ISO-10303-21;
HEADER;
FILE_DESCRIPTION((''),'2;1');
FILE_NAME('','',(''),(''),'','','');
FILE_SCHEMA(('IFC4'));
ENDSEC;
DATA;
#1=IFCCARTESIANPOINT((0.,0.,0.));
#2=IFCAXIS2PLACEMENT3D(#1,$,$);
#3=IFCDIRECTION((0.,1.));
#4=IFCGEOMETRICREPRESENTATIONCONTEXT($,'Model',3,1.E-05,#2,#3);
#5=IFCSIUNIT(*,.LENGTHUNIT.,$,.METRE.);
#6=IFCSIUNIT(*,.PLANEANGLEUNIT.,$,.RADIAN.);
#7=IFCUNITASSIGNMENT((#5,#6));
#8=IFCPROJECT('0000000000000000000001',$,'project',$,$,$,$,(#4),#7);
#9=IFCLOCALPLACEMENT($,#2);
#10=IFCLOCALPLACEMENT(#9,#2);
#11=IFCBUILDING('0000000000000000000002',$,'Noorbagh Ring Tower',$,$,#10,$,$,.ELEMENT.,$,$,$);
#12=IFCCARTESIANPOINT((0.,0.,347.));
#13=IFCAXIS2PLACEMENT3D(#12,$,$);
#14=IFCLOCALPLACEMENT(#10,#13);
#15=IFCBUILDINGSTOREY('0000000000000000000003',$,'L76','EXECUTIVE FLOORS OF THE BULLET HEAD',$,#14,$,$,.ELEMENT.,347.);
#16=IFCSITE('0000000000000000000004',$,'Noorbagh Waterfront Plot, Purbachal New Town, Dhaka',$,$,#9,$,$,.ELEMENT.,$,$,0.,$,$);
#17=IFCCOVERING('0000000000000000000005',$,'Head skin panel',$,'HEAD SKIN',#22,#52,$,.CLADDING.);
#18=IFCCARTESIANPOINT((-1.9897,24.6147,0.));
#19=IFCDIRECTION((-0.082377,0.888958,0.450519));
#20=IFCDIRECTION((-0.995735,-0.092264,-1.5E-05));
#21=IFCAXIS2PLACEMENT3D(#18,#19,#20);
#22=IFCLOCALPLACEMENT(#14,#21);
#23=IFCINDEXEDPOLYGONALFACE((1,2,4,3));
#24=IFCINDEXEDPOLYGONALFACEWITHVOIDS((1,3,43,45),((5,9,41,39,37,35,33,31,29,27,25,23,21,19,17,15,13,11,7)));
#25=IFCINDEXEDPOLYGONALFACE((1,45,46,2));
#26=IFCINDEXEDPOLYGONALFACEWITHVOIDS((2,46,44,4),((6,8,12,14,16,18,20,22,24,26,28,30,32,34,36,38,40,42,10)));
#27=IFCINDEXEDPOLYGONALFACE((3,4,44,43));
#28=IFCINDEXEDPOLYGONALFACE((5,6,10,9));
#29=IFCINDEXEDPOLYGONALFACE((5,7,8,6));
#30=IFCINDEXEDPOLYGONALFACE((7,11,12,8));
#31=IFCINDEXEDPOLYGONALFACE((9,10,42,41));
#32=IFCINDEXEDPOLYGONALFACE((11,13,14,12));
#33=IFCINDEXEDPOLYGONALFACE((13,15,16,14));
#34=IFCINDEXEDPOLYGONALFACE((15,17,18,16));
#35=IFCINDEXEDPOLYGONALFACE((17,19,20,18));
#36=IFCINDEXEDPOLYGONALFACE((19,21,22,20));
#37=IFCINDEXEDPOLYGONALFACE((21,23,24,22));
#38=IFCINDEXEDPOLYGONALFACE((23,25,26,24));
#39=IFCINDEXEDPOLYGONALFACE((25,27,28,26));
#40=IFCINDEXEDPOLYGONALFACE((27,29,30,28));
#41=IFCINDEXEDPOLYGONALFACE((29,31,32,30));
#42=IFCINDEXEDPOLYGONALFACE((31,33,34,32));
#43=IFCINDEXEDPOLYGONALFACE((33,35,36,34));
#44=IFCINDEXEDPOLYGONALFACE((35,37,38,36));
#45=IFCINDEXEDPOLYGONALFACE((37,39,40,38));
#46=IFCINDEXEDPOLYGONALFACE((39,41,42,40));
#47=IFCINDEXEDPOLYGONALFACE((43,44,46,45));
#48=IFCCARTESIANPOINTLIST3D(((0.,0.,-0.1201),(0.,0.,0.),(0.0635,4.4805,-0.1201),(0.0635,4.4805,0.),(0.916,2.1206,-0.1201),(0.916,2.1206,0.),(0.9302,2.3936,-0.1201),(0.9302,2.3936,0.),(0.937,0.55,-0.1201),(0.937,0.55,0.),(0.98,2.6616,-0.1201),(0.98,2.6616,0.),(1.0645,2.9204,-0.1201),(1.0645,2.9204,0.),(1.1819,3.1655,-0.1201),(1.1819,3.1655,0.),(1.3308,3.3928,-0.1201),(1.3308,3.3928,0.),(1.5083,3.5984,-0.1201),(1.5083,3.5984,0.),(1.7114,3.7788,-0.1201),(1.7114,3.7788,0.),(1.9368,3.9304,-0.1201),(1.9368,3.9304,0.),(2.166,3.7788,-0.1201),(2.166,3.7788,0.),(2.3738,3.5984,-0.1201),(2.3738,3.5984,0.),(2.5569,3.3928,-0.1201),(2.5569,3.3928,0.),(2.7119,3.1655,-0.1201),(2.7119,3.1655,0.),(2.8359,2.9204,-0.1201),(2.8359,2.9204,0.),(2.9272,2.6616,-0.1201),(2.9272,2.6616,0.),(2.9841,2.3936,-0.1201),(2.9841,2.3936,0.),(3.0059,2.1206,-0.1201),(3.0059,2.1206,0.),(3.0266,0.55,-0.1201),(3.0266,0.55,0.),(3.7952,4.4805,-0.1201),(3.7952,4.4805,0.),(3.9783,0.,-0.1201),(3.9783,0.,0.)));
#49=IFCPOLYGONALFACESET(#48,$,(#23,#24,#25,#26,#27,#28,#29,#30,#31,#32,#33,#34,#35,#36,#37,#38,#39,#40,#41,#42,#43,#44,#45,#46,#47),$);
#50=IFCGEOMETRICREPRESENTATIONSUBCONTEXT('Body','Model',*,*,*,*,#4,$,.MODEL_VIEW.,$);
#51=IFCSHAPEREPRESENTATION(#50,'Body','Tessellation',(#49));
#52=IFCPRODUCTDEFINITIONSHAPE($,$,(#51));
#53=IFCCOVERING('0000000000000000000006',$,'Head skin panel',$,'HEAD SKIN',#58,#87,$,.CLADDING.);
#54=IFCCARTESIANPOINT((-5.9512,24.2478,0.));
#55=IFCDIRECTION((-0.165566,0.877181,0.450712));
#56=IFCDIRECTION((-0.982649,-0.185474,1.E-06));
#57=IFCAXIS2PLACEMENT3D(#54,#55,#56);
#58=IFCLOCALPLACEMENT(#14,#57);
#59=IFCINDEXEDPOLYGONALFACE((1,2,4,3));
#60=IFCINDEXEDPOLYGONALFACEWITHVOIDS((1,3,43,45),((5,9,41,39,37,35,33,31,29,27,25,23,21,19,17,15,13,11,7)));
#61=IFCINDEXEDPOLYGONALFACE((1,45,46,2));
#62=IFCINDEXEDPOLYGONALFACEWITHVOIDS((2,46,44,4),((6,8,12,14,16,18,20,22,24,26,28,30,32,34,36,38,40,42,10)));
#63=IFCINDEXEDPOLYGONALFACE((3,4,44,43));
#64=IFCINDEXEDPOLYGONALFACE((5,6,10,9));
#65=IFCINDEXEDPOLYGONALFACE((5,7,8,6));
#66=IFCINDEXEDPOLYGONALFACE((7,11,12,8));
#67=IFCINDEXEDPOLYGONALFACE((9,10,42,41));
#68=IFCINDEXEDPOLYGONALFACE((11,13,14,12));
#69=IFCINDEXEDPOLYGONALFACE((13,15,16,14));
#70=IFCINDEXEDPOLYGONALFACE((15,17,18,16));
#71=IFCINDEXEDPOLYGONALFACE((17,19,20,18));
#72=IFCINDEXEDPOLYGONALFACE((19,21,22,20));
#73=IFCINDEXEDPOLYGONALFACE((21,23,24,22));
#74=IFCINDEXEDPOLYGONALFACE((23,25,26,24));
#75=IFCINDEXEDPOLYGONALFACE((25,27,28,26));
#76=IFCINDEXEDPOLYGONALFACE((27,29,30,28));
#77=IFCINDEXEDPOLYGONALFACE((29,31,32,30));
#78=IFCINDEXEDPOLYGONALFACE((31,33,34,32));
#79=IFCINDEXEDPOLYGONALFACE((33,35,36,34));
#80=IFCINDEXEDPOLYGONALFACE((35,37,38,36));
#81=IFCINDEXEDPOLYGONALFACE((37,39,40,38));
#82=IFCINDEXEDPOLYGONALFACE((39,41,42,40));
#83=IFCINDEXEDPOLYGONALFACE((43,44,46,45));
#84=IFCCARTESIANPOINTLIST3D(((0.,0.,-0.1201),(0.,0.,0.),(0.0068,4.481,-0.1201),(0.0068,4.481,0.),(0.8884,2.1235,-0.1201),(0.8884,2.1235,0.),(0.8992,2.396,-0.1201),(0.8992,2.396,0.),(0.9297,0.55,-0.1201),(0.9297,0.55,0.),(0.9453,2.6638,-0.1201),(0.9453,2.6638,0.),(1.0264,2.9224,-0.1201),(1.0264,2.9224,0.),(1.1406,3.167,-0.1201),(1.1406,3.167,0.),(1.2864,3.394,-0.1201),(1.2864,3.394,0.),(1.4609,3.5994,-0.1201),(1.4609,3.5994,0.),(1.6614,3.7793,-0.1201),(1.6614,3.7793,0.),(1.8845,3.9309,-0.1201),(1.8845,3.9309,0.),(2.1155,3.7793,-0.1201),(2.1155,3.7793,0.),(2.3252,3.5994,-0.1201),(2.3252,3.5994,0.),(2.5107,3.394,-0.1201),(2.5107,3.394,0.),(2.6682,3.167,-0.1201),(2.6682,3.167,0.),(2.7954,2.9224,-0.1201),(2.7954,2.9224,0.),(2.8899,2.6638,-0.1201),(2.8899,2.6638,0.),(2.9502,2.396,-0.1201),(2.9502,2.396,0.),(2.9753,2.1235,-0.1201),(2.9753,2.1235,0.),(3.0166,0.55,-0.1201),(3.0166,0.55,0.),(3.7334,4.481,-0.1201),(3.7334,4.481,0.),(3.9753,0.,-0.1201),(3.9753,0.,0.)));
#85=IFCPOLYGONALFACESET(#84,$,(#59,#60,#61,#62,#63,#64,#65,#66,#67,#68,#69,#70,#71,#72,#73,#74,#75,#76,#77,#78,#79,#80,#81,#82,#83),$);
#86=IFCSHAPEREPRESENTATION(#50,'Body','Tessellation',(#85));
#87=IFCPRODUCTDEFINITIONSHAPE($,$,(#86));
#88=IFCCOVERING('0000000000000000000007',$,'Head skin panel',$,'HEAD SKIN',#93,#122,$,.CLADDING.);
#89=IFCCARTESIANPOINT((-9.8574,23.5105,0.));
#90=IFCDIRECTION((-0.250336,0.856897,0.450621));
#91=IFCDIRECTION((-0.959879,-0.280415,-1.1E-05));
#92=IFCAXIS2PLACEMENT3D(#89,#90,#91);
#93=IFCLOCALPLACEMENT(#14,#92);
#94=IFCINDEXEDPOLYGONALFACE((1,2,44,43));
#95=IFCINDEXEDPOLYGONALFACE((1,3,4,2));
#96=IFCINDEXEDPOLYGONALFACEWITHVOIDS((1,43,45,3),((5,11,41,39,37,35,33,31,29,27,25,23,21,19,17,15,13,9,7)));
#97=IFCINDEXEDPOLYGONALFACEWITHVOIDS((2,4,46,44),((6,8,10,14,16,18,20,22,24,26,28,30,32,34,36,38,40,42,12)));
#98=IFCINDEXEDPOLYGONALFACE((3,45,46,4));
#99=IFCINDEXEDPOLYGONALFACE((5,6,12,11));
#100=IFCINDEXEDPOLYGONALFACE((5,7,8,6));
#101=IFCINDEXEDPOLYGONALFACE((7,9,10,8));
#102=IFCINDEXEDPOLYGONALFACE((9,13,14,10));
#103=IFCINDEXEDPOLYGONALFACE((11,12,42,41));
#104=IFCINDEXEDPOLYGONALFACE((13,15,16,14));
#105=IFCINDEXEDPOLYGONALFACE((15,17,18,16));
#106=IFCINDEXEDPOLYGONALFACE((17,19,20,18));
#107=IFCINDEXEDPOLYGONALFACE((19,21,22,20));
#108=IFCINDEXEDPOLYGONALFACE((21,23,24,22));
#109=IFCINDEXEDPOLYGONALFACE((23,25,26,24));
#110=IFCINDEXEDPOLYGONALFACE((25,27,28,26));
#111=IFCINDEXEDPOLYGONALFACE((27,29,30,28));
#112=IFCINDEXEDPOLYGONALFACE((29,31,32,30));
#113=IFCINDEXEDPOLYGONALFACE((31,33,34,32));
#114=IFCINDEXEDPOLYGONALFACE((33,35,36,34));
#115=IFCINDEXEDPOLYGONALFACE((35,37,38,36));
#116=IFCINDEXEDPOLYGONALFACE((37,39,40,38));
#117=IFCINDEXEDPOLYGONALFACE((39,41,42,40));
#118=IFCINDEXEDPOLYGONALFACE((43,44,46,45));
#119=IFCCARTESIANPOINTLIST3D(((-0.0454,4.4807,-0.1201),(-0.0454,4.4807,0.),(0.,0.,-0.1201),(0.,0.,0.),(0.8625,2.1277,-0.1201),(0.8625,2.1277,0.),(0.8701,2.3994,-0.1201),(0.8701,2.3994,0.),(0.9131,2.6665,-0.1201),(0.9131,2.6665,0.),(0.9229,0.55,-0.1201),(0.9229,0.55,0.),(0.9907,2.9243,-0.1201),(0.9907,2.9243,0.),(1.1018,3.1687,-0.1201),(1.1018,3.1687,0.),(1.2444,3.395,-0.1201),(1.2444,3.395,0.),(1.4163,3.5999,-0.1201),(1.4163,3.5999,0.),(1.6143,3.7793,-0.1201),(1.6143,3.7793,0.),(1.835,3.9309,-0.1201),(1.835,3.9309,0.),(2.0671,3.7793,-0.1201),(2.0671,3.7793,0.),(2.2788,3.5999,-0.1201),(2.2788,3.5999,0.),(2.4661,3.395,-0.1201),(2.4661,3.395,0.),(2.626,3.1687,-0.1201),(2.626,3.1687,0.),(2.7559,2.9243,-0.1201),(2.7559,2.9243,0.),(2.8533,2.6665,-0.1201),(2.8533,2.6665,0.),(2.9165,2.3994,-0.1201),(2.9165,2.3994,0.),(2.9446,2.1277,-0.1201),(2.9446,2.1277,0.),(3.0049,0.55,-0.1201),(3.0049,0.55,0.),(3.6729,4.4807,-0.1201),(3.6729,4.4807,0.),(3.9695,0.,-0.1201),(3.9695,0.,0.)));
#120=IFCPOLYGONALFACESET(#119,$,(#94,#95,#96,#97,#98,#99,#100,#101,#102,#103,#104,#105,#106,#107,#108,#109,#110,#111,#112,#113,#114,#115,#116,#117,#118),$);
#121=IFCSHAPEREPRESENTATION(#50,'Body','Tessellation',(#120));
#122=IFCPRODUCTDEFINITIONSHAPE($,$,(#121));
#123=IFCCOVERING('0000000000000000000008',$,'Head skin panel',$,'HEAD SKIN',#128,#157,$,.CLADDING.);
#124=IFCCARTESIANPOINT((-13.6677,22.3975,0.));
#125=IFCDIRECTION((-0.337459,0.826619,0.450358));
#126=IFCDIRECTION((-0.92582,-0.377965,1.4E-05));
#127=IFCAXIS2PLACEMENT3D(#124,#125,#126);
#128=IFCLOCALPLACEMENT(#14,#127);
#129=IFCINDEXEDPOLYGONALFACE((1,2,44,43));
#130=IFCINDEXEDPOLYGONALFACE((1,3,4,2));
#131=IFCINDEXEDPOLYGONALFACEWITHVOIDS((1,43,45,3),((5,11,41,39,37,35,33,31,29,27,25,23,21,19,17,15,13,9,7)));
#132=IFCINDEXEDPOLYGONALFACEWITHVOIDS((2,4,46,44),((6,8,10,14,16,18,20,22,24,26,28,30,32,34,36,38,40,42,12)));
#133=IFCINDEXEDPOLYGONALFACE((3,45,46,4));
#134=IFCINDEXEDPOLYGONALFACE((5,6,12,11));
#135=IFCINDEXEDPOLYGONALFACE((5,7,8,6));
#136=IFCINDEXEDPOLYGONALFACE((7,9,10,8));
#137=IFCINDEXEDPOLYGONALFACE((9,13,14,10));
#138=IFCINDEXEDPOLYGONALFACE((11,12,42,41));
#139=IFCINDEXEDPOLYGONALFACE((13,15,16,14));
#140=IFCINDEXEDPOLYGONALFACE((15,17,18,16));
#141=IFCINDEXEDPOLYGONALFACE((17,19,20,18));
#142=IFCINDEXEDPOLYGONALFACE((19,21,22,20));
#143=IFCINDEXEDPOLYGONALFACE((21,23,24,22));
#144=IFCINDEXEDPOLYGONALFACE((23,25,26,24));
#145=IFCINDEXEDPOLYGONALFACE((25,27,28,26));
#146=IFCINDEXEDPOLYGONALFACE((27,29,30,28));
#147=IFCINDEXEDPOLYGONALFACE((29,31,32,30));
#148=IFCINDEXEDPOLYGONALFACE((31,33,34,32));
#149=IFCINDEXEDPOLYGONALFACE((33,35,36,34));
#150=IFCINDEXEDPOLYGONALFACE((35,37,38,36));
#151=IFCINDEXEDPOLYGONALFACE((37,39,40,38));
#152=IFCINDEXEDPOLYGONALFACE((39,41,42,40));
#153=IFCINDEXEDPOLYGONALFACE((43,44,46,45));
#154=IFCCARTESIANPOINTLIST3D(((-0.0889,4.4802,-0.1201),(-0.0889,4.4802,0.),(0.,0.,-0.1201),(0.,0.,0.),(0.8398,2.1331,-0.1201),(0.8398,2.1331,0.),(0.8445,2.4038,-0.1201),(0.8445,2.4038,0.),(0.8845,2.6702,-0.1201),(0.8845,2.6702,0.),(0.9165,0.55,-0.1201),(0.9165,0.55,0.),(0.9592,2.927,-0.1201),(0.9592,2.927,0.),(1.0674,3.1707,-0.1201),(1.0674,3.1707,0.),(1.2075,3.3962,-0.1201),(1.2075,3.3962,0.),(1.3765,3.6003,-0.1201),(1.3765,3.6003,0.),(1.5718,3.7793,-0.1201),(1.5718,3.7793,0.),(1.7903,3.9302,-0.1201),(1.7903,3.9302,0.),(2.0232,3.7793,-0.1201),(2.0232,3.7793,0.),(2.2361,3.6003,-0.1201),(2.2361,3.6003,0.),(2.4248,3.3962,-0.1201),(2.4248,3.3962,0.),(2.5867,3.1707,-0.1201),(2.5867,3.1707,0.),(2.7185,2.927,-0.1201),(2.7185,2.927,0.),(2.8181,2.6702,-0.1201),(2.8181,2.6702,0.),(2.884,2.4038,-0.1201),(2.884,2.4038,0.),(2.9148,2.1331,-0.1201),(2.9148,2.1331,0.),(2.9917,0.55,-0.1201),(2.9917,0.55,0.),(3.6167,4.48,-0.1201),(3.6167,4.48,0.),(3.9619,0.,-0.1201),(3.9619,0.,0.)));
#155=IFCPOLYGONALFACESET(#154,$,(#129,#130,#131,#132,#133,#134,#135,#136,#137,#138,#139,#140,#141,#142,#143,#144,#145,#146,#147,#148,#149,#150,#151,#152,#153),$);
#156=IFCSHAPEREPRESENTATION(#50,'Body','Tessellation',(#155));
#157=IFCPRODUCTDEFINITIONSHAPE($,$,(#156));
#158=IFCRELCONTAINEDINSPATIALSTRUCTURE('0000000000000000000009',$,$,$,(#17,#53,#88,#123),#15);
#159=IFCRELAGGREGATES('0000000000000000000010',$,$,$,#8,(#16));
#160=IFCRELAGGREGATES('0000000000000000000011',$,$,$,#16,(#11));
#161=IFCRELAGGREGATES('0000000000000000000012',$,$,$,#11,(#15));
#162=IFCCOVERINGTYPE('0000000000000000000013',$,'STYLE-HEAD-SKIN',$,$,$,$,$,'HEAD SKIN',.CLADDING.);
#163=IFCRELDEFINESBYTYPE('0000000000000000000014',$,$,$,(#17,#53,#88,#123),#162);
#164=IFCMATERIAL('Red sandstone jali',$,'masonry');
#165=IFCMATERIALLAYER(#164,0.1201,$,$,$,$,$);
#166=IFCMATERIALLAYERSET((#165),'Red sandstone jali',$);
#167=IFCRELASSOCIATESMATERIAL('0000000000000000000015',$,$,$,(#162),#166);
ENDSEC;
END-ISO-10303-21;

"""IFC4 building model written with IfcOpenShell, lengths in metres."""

from ifc_helpers import new_model, si_unit, direction, frame, origin, place, context, subcontext, project, spatial, polyline, outline, extrude, material, layer, layer_set, type_object, element, save


model = new_model("IFC4")

# Units and contexts
model_context = context("Model", 3, precision=1e-05, world=origin(), true_north=direction((0.0, 1.0)))
body_context = subcontext(model_context, "Body", "Model", "MODEL_VIEW")
ifc_project = project(units=[si_unit("LENGTHUNIT", "METRE"), si_unit("PLANEANGLEUNIT", "RADIAN")], contexts=[model_context])

# Site, building, storey
site_placement = place(None, origin())
site = spatial("IfcSite", under=ifc_project, at=site_placement, Name="Noorbagh Waterfront Plot, Purbachal New Town, Dhaka", CompositionType="ELEMENT", RefElevation=0.0)
building_placement = place(site_placement, origin())
building = spatial("IfcBuilding", under=site, at=building_placement, Name="Noorbagh Ring Tower", CompositionType="ELEMENT")
storey_placement = place(building_placement, frame((0.0, 0.0, 347.0)))
storey = spatial("IfcBuildingStorey", under=building, at=storey_placement, Name="L76", Description="EXECUTIVE FLOORS OF THE BULLET HEAD", CompositionType="ELEMENT", Elevation=347.0)

# Coverings
ifc_material_1 = material(Name="Red sandstone jali", Category="masonry")
ifc_layer_1 = layer(ifc_material_1, 0.1201)
ifc_layer_set_1 = layer_set([ifc_layer_1], Name="Red sandstone jali")
covering_type_1 = type_object("IfcCoveringType", Name="STYLE-HEAD-SKIN", ElementType="HEAD SKIN", PredefinedType="CLADDING", material=ifc_layer_set_1)
covering_1_placement = place(storey_placement, frame((-1.9897, 24.6147, 0.0), z_axis=(-0.082377, 0.888958, 0.450519), x_axis=(-0.995735, -0.092264, -0.000015)))
element("IfcCovering", 1, at=covering_1_placement, inside=storey, type_object=covering_type_1, Name="Head skin panel", ObjectType="HEAD SKIN", PredefinedType="CLADDING", context=body_context, shape_type="SweptSolid", body=[
    extrude(outline(polyline([(0.0, 0.0), (3.9783, 0.0), (3.7952, 4.4805), (0.0635, 4.4805), (0.0, 0.0)]), holes=[polyline([(0.937, 0.55), (0.916, 2.1206), (0.9302, 2.3936), (0.98, 2.6616), (1.0645, 2.9204), (1.1819, 3.1655), (1.3308, 3.3928), (1.5083, 3.5984), (1.7114, 3.7788), (1.9368, 3.9304), (2.166, 3.7788), (2.3738, 3.5984), (2.5569, 3.3928), (2.7119, 3.1655), (2.8359, 2.9204), (2.9272, 2.6616), (2.9841, 2.3936), (3.0059, 2.1206), (3.0266, 0.55), (0.937, 0.55)])]), origin(), (0.0, 0.0, -1.0), 0.1201),
])
covering_2_placement = place(storey_placement, frame((-5.9512, 24.2478, 0.0), z_axis=(-0.165566, 0.877181, 0.450712), x_axis=(-0.982649, -0.185474, 0.000001)))
element("IfcCovering", 2, at=covering_2_placement, inside=storey, type_object=covering_type_1, Name="Head skin panel", ObjectType="HEAD SKIN", PredefinedType="CLADDING", context=body_context, shape_type="SweptSolid", body=[
    extrude(outline(polyline([(0.0, 0.0), (3.9753, 0.0), (3.7334, 4.481), (0.0068, 4.481), (0.0, 0.0)]), holes=[polyline([(0.9297, 0.55), (0.8884, 2.1235), (0.8992, 2.396), (0.9453, 2.6638), (1.0264, 2.9224), (1.1406, 3.167), (1.2864, 3.394), (1.4609, 3.5994), (1.6614, 3.7793), (1.8845, 3.9309), (2.1155, 3.7793), (2.3252, 3.5994), (2.5107, 3.394), (2.6682, 3.167), (2.7954, 2.9224), (2.8899, 2.6638), (2.9502, 2.396), (2.9753, 2.1235), (3.0166, 0.55), (0.9297, 0.55)])]), origin(), (0.0, 0.0, -1.0), 0.1201),
])
covering_3_placement = place(storey_placement, frame((-9.8574, 23.5105, 0.0), z_axis=(-0.250336, 0.856897, 0.450621), x_axis=(-0.959879, -0.280415, -0.000011)))
element("IfcCovering", 3, at=covering_3_placement, inside=storey, type_object=covering_type_1, Name="Head skin panel", ObjectType="HEAD SKIN", PredefinedType="CLADDING", context=body_context, shape_type="SweptSolid", body=[
    extrude(outline(polyline([(0.0, 0.0), (3.9695, 0.0), (3.6729, 4.4807), (-0.0454, 4.4807), (0.0, 0.0)]), holes=[polyline([(0.9229, 0.55), (0.8625, 2.1277), (0.8701, 2.3994), (0.9131, 2.6665), (0.9907, 2.9243), (1.1018, 3.1687), (1.2444, 3.395), (1.4163, 3.5999), (1.6143, 3.7793), (1.835, 3.9309), (2.0671, 3.7793), (2.2788, 3.5999), (2.4661, 3.395), (2.626, 3.1687), (2.7559, 2.9243), (2.8533, 2.6665), (2.9165, 2.3994), (2.9446, 2.1277), (3.0049, 0.55), (0.9229, 0.55)])]), origin(), (0.0, 0.0, -1.0), 0.1201),
])
covering_4_placement = place(storey_placement, frame((-13.6677, 22.3975, 0.0), z_axis=(-0.337459, 0.826619, 0.450358), x_axis=(-0.92582, -0.377965, 0.000014)))
element("IfcCovering", 4, at=covering_4_placement, inside=storey, type_object=covering_type_1, Name="Head skin panel", ObjectType="HEAD SKIN", PredefinedType="CLADDING", context=body_context, shape_type="SweptSolid", body=[
    extrude(outline(polyline([(0.0, 0.0), (3.9619, 0.0), (3.6167, 4.48), (-0.0889, 4.4802), (0.0, 0.0)]), holes=[polyline([(0.9165, 0.55), (0.8398, 2.1331), (0.8445, 2.4038), (0.8845, 2.6702), (0.9592, 2.927), (1.0674, 3.1707), (1.2075, 3.3962), (1.3765, 3.6003), (1.5718, 3.7793), (1.7903, 3.9302), (2.0232, 3.7793), (2.2361, 3.6003), (2.4248, 3.3962), (2.5867, 3.1707), (2.7185, 2.927), (2.8181, 2.6702), (2.884, 2.4038), (2.9148, 2.1331), (2.9917, 0.55), (0.9165, 0.55)])]), origin(), (0.0, 0.0, -1.0), 0.1201),
])

save(model, "model.ifc")
